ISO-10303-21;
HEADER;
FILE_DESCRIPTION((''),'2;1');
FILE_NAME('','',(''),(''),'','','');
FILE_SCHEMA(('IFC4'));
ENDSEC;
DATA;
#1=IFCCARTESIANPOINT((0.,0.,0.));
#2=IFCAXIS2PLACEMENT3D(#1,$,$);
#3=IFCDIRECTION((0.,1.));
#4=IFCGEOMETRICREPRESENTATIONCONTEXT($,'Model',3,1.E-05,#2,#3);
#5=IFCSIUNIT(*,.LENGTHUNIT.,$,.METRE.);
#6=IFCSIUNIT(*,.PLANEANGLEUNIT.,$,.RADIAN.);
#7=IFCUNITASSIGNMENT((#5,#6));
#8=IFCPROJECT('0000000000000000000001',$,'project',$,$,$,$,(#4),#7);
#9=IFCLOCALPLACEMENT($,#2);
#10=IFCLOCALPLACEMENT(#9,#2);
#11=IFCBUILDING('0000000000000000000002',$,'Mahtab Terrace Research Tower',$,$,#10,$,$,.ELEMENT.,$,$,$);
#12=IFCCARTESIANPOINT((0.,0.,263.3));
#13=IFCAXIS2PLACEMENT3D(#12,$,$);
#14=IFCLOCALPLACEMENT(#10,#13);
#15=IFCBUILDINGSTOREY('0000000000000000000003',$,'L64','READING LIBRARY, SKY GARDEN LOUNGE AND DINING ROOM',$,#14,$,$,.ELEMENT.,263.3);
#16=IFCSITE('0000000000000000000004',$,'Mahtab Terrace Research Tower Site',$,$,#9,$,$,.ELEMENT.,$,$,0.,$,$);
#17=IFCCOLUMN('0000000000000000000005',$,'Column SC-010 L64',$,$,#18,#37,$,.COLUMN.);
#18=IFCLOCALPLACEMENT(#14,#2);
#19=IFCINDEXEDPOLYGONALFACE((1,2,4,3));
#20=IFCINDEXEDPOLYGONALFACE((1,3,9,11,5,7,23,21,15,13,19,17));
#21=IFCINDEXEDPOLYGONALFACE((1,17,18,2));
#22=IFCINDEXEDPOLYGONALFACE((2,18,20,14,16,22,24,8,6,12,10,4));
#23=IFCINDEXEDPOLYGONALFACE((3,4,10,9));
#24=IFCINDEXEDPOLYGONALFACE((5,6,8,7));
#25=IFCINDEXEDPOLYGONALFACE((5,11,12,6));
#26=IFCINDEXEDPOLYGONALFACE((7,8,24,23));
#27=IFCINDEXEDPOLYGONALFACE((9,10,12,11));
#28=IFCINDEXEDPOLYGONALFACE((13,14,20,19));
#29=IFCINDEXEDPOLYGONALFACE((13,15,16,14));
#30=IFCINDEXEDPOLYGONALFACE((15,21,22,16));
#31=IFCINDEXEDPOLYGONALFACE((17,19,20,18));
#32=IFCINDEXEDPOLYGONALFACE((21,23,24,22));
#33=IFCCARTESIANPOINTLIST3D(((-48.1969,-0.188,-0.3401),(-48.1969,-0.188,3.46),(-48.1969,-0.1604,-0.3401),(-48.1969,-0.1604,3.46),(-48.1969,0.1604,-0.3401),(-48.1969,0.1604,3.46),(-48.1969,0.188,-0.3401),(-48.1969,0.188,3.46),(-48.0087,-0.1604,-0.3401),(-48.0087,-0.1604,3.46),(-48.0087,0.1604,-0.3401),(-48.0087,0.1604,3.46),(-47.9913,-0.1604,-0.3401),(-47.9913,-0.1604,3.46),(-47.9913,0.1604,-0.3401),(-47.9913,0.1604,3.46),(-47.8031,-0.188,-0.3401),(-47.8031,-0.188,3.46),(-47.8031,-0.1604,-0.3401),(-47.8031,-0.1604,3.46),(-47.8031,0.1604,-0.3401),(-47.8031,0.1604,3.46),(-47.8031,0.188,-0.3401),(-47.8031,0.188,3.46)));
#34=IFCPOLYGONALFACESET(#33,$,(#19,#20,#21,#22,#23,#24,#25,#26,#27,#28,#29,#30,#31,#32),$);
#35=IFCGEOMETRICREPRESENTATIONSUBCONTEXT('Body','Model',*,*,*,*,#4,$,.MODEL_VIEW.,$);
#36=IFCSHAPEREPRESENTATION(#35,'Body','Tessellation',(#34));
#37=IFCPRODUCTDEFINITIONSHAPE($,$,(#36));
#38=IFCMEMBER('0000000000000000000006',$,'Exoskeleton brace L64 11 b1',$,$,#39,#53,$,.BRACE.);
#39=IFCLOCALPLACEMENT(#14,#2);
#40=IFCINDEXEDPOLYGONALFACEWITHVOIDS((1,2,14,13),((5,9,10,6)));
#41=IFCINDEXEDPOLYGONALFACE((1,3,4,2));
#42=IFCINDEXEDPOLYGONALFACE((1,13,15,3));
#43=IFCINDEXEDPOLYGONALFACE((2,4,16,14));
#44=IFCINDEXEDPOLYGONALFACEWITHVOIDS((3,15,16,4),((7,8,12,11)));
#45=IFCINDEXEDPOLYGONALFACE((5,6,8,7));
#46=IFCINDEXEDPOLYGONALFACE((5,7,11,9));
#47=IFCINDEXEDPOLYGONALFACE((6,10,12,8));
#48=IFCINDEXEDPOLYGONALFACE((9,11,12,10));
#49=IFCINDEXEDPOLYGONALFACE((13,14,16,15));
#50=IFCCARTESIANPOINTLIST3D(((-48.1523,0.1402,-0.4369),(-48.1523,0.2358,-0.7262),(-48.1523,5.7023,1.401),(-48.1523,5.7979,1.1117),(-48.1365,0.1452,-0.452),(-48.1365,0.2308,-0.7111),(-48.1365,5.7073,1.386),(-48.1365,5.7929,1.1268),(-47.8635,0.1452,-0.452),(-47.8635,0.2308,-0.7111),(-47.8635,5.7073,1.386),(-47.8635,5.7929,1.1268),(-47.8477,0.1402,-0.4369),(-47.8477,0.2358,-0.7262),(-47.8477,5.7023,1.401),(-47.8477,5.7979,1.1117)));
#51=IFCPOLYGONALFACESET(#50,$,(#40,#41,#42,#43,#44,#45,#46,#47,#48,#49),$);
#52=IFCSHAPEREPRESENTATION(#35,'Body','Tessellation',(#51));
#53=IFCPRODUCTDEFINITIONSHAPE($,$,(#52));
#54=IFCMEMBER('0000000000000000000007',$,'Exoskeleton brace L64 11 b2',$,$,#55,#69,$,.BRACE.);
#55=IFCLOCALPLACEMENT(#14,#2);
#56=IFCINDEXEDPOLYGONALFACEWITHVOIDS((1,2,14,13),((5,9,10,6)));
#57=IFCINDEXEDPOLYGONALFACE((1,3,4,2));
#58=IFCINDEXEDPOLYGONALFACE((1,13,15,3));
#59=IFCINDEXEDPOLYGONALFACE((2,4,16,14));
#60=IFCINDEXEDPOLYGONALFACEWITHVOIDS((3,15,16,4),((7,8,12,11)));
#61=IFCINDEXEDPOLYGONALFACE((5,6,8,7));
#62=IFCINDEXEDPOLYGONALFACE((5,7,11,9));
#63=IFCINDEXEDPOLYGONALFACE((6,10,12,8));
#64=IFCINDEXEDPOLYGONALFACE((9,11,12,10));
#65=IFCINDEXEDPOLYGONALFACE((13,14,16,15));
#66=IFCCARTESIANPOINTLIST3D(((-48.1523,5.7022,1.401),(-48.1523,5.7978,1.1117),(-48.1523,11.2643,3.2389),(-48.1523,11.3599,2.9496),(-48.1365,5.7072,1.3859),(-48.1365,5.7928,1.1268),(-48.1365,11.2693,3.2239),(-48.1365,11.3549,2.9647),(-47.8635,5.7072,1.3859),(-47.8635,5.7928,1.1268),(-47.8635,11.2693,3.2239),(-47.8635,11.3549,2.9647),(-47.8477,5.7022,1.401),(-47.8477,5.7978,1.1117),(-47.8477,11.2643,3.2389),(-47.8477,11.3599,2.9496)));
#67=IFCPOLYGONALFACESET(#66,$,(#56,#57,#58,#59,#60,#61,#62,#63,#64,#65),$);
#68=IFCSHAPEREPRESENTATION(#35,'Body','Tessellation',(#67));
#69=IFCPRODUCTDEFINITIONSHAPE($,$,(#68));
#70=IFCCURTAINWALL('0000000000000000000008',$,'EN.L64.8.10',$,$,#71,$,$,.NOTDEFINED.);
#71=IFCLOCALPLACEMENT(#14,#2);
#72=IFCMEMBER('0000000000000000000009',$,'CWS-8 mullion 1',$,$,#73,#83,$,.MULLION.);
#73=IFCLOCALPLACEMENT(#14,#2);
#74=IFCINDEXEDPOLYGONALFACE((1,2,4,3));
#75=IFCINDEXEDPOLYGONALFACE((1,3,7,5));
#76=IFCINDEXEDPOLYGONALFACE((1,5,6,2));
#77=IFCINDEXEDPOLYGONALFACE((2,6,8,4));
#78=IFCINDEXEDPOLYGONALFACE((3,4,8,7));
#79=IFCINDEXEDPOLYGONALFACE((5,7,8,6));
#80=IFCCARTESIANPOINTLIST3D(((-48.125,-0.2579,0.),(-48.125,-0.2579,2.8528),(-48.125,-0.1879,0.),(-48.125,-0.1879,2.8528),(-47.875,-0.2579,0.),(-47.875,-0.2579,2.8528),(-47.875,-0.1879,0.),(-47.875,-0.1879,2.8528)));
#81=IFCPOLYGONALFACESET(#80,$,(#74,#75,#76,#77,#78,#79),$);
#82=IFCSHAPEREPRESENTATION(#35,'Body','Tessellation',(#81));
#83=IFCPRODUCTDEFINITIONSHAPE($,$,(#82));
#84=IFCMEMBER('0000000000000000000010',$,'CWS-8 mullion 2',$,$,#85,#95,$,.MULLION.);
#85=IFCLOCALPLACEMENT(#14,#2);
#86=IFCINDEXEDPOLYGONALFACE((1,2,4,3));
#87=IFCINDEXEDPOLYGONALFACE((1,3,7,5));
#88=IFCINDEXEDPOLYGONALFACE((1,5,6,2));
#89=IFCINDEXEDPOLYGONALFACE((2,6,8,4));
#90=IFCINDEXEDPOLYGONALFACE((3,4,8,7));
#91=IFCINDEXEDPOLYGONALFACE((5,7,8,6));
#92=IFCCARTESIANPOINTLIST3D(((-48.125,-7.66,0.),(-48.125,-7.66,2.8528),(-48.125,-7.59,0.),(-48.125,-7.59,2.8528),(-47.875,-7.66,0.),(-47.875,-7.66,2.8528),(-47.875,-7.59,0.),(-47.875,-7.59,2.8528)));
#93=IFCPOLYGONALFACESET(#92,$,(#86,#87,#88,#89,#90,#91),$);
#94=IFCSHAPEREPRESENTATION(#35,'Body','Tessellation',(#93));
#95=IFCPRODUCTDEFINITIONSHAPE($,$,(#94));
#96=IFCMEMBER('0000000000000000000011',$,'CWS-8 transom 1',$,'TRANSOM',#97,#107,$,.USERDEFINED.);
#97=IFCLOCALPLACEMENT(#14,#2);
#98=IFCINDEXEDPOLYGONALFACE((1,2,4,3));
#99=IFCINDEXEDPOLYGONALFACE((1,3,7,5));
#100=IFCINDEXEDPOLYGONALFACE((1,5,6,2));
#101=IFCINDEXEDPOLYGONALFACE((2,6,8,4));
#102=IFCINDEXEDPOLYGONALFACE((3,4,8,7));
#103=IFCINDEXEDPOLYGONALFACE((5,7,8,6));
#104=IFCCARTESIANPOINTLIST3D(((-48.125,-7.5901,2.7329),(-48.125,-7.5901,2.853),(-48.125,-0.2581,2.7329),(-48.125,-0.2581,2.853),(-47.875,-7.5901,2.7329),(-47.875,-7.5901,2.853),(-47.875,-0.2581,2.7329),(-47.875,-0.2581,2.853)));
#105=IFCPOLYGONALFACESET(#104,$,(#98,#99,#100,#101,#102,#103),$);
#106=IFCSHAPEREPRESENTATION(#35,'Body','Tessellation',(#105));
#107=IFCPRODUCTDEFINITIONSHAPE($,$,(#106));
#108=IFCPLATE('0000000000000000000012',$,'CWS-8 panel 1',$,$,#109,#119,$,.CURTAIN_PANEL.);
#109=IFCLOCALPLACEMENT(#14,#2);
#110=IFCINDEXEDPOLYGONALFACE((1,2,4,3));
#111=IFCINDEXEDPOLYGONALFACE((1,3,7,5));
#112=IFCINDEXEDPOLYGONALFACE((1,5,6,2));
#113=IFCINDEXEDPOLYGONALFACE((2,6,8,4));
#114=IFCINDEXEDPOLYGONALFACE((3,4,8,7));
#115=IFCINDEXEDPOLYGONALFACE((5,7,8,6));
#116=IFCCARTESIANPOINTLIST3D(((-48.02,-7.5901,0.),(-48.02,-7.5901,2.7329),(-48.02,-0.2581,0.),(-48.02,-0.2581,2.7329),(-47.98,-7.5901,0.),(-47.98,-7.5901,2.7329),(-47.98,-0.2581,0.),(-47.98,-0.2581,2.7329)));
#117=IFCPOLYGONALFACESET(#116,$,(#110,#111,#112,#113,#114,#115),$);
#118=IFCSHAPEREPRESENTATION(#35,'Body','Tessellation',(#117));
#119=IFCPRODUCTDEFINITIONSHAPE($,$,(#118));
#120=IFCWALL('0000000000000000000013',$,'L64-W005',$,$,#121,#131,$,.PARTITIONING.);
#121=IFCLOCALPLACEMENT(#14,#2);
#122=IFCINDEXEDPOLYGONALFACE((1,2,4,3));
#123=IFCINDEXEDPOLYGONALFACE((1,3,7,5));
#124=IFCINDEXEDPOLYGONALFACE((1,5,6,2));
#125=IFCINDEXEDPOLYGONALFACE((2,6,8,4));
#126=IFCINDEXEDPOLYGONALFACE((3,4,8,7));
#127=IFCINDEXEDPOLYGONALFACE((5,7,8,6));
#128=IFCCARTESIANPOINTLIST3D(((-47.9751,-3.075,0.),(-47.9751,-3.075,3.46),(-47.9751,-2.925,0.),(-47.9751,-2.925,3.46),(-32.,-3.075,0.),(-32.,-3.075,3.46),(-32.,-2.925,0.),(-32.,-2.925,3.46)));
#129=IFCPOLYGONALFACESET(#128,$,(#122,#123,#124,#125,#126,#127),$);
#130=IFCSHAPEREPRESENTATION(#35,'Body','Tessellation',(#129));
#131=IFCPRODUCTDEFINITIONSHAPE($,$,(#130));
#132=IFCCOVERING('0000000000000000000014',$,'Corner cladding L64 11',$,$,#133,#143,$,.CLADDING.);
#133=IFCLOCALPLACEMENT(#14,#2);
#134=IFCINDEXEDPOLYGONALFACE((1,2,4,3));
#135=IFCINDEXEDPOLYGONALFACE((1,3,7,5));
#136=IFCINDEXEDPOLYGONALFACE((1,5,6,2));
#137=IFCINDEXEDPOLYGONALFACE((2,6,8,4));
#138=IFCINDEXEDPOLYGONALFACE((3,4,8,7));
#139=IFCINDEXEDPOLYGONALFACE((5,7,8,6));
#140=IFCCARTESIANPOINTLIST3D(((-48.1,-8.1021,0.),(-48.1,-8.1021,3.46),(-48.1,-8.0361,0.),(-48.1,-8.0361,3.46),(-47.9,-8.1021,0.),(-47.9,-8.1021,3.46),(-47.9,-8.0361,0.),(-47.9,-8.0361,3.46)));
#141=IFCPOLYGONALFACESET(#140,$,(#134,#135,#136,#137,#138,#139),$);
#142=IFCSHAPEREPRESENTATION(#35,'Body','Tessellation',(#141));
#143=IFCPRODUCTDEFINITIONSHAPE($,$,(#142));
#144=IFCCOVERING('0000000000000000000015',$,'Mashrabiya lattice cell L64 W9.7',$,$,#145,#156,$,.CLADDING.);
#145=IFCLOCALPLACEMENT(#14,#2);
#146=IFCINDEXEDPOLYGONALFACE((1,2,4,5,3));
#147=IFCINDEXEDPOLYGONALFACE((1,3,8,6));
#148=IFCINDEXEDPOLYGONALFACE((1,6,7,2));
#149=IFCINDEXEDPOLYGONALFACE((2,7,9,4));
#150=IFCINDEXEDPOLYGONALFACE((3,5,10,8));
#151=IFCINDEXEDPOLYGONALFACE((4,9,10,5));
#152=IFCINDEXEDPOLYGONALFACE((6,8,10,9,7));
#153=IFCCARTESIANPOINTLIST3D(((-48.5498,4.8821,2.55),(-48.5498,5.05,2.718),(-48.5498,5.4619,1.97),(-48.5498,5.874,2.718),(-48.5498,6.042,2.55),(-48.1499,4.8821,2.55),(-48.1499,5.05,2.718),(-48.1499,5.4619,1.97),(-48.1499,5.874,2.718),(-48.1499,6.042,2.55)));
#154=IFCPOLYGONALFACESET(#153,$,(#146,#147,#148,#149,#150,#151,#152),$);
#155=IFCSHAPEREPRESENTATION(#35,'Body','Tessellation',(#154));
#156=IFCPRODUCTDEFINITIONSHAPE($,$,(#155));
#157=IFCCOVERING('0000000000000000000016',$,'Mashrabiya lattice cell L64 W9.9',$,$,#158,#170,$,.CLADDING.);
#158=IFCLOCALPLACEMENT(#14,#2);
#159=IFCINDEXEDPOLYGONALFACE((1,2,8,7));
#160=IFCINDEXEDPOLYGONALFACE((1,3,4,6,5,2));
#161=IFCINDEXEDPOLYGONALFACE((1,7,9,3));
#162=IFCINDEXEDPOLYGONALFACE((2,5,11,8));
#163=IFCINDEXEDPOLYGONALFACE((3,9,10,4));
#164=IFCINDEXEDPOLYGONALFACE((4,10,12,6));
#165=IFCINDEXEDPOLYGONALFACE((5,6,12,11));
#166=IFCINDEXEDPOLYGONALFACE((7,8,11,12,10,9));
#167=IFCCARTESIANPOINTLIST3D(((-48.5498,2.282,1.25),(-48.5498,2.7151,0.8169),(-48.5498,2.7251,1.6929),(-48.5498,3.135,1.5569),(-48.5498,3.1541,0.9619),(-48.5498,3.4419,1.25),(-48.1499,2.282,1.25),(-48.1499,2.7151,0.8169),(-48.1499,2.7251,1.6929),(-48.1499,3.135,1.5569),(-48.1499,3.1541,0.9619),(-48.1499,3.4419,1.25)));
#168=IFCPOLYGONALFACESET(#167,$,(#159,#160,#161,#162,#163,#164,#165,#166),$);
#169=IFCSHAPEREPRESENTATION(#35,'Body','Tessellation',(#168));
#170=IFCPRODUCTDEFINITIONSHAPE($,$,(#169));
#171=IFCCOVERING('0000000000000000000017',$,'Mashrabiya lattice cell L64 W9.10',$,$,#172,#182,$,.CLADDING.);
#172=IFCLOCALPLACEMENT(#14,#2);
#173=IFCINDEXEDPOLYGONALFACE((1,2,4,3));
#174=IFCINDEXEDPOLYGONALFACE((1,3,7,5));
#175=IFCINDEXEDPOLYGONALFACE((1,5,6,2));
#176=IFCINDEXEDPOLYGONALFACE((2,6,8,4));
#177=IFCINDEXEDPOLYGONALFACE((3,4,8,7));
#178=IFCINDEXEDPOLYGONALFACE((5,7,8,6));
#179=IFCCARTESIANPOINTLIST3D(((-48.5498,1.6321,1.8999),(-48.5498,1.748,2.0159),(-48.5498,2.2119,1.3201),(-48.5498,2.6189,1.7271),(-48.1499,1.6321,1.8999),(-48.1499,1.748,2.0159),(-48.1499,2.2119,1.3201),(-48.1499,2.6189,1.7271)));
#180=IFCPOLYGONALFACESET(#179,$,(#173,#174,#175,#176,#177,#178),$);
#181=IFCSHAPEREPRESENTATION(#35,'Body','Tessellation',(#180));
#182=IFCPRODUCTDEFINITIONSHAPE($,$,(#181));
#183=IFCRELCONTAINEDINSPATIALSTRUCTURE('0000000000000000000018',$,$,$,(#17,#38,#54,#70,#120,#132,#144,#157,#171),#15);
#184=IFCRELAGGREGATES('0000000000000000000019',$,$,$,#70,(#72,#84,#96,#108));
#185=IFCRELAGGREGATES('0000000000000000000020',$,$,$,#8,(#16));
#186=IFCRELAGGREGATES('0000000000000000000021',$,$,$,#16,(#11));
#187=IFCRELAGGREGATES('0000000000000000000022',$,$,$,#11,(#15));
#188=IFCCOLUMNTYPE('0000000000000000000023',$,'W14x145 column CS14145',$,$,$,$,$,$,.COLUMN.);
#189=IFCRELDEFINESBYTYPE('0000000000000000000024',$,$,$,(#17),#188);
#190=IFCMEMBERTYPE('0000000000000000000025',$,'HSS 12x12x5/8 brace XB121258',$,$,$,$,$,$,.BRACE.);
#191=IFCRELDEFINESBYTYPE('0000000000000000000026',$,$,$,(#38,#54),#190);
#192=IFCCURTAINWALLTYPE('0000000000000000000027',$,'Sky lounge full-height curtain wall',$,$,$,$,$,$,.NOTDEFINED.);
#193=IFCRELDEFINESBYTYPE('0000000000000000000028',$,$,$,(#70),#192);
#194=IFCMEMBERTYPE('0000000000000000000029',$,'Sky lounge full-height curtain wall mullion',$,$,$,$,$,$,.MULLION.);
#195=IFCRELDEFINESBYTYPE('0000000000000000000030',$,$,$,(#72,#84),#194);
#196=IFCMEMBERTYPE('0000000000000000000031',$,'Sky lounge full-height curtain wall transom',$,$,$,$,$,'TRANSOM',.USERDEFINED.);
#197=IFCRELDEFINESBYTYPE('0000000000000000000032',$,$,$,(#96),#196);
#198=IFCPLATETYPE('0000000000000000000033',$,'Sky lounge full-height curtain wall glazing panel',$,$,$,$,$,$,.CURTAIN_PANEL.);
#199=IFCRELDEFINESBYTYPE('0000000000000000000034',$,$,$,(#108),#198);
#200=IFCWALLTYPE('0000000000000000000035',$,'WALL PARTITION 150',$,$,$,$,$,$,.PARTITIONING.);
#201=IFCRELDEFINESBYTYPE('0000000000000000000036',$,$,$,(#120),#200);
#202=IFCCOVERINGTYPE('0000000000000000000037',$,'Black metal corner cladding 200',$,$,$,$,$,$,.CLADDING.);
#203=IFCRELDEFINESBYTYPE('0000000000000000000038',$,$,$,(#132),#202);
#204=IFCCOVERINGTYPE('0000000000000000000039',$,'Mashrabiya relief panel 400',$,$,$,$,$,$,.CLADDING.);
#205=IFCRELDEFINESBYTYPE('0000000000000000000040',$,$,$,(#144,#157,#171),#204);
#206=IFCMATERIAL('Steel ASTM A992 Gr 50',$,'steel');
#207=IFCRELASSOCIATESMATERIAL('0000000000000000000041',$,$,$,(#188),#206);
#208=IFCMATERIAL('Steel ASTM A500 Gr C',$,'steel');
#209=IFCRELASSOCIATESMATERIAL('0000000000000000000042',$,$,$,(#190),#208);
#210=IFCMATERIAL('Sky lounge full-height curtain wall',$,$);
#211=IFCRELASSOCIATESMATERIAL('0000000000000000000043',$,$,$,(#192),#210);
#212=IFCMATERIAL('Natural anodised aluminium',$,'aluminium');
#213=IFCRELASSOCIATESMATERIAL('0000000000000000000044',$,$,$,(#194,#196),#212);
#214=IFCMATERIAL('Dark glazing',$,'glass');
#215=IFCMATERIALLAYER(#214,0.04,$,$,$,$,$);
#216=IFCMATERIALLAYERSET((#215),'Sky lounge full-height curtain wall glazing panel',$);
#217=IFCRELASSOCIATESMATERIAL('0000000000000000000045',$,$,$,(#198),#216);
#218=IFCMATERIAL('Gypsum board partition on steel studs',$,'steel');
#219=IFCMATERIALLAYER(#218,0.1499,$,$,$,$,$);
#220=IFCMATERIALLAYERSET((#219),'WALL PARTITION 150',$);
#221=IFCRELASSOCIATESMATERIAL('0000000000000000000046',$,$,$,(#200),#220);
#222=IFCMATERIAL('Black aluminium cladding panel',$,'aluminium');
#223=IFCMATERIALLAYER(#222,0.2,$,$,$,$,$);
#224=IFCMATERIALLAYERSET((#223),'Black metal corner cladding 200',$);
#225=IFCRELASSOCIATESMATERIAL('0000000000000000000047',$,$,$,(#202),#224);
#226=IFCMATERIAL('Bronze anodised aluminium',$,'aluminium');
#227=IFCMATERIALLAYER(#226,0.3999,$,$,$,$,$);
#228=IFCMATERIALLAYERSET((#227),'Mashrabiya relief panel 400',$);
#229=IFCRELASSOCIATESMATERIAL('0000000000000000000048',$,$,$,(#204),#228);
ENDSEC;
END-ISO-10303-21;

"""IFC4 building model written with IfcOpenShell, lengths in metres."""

from ifc_helpers import new_model, si_unit, direction, frame, frame_2d, origin, origin_2d, place, context, subcontext, project, spatial, polyline, rectangle, hollow_rectangle, i_section, outline, extrude, material, layer, layer_set, material_profile, profile_set, type_object, element, aggregate, save


model = new_model("IFC4")

# Units and contexts
model_context = context("Model", 3, precision=1e-05, world=origin(), true_north=direction((0.0, 1.0)))
body_context = subcontext(model_context, "Body", "Model", "MODEL_VIEW")
ifc_project = project(units=[si_unit("LENGTHUNIT", "METRE"), si_unit("PLANEANGLEUNIT", "RADIAN")], contexts=[model_context])

# Site, building, storey
site_placement = place(None, origin())
site = spatial("IfcSite", under=ifc_project, at=site_placement, Name="Mahtab Terrace Research Tower Site", CompositionType="ELEMENT", RefElevation=0.0)
building_placement = place(site_placement, origin())
building = spatial("IfcBuilding", under=site, at=building_placement, Name="Mahtab Terrace Research Tower", CompositionType="ELEMENT")
storey_placement = place(building_placement, frame((0.0, 0.0, 263.3)))
storey = spatial("IfcBuildingStorey", under=building, at=storey_placement, Name="L64", Description="READING LIBRARY, SKY GARDEN LOUNGE AND DINING ROOM", CompositionType="ELEMENT", Elevation=263.3)

# Column
ifc_material_1 = material(Name="Steel ASTM A992 Gr 50", Category="steel")
ifc_material_profile_1 = material_profile(ifc_material_1, i_section(OverallWidth=0.3938, OverallDepth=0.376, WebThickness=0.0173, FlangeThickness=0.0276, at=origin_2d()), Name="W14X145")
ifc_profile_set_1 = profile_set([ifc_material_profile_1], Name="Steel ASTM A992 Gr 50")
column_type = type_object("IfcColumnType", Name="W14x145 column CS14145", PredefinedType="COLUMN", material=ifc_profile_set_1)
column_placement = place(storey_placement, frame((-48.0, 0.0, -0.3401), z_axis=(0.0, 0.0, 1.0), x_axis=(1.0, 0.0, 0.0)))
element("IfcColumn", 1, at=column_placement, inside=storey, type_object=column_type, Name="Column SC-010 L64", PredefinedType="COLUMN", context=body_context, shape_type="SweptSolid", body=[
    extrude(i_section(OverallWidth=0.3938, OverallDepth=0.376, WebThickness=0.0173, FlangeThickness=0.0276, at=origin_2d()), origin(), (0.0, 0.0, 1.0), 3.8),
])

# Members
ifc_material_2 = material(Name="Steel ASTM A500 Gr C", Category="steel")
ifc_material_profile_2 = material_profile(ifc_material_2, hollow_rectangle(XDim=0.3047, YDim=0.3047, WallThickness=0.0159, at=origin_2d()), Name="HSS12X12X5/8")
ifc_profile_set_2 = profile_set([ifc_material_profile_2], Name="Steel ASTM A500 Gr C")
member_type_1 = type_object("IfcMemberType", Name="HSS 12x12x5/8 brace XB121258", PredefinedType="BRACE", material=ifc_profile_set_2)
for number, where, z_axis, x_axis, name in (
    (2, (-48.0, 0.188, -0.5815), (0.0, 0.949505, 0.313751), (-1.0, 0.0, 0.0), "Exoskeleton brace L64 11 b1"),
    (3, (-48.0, 5.75, 1.2563), (0.0, 0.949505, 0.313751), (-1.0, 0.0, 0.0), "Exoskeleton brace L64 11 b2"),
):
    element("IfcMember", number, at=place(storey_placement, frame(where, z_axis=z_axis, x_axis=x_axis)), inside=storey, type_object=member_type_1, Name=name, PredefinedType="BRACE", context=body_context, shape_type="SweptSolid", body=[
        extrude(hollow_rectangle(XDim=0.3047, YDim=0.3047, WallThickness=0.0159, at=origin_2d()), origin(), (0.0, 0.0, 1.0), 5.8579),
    ])

# Curtain wall, members, plate
ifc_material_3 = material(Name="Sky lounge full-height curtain wall")
curtain_wall_type = type_object("IfcCurtainWallType", Name="Sky lounge full-height curtain wall", PredefinedType="NOTDEFINED", material=ifc_material_3)
curtain_wall_placement = place(storey_placement, origin())
curtain_wall = element("IfcCurtainWall", 4, at=curtain_wall_placement, inside=storey, type_object=curtain_wall_type, Name="EN.L64.8.10", PredefinedType="NOTDEFINED")
ifc_material_4 = material(Name="Natural anodised aluminium", Category="aluminium")
ifc_material_profile_3 = material_profile(ifc_material_4, rectangle(XDim=0.25, YDim=0.0701, at=origin_2d()), Name="MULLION 70x250")
ifc_profile_set_3 = profile_set([ifc_material_profile_3], Name="Natural anodised aluminium")
member_type_2 = type_object("IfcMemberType", Name="Sky lounge full-height curtain wall mullion", PredefinedType="MULLION", material=ifc_profile_set_3)
member_1_placement = place(storey_placement, frame((-48.0, -0.2229, 0.0), z_axis=(0.0, 0.0, 1.0), x_axis=(1.0, 0.0, 0.0)))
member_1 = element("IfcMember", 5, at=member_1_placement, type_object=member_type_2, Name="CWS-8 mullion 1", PredefinedType="MULLION", context=body_context, shape_type="SweptSolid", body=[
    extrude(rectangle(XDim=0.25, YDim=0.0701, at=origin_2d()), origin(), (0.0, 0.0, 1.0), 2.8528),
])
member_2_placement = place(storey_placement, frame((-48.0, -7.625, 0.0), z_axis=(0.0, 0.0, 1.0), x_axis=(1.0, 0.0, 0.0)))
member_2 = element("IfcMember", 6, at=member_2_placement, type_object=member_type_2, Name="CWS-8 mullion 2", PredefinedType="MULLION", context=body_context, shape_type="SweptSolid", body=[
    extrude(rectangle(XDim=0.25, YDim=0.0701, at=origin_2d()), origin(), (0.0, 0.0, 1.0), 2.8528),
])
ifc_material_profile_4 = material_profile(ifc_material_4, rectangle(XDim=0.25, YDim=0.1201, at=origin_2d()), Name="TRANSOM 120x250")
ifc_profile_set_4 = profile_set([ifc_material_profile_4], Name="Natural anodised aluminium")
member_type_3 = type_object("IfcMemberType", Name="Sky lounge full-height curtain wall transom", ElementType="TRANSOM", PredefinedType="USERDEFINED", material=ifc_profile_set_4)
member_3_placement = place(storey_placement, frame((-48.0, -0.2581, 2.793), z_axis=(0.0, -1.0, 0.0), x_axis=(1.0, 0.0, 0.0)))
member_3 = element("IfcMember", 7, at=member_3_placement, type_object=member_type_3, Name="CWS-8 transom 1", ObjectType="TRANSOM", PredefinedType="USERDEFINED", context=body_context, shape_type="SweptSolid", body=[
    extrude(rectangle(XDim=0.25, YDim=0.1201, at=origin_2d()), origin(), (0.0, 0.0, 1.0), 7.332),
])
ifc_material_5 = material(Name="Dark glazing", Category="glass")
ifc_layer_1 = layer(ifc_material_5, 0.04)
ifc_layer_set_1 = layer_set([ifc_layer_1], Name="Sky lounge full-height curtain wall glazing panel")
plate_type = type_object("IfcPlateType", Name="Sky lounge full-height curtain wall glazing panel", PredefinedType="CURTAIN_PANEL", material=ifc_layer_set_1)
plate_placement = place(storey_placement, frame((-48.0, -3.9241, 0.0), z_axis=(0.0, 0.0, 1.0), x_axis=(0.0, -1.0, 0.0)))
plate = element("IfcPlate", 8, at=plate_placement, type_object=plate_type, Name="CWS-8 panel 1", PredefinedType="CURTAIN_PANEL", context=body_context, shape_type="SweptSolid", body=[
    extrude(rectangle(XDim=7.332, YDim=0.04, at=origin_2d()), origin(), (0.0, 0.0, 1.0), 2.7329),
])
aggregate(curtain_wall, [member_1, member_2, member_3, plate])

# Wall
ifc_material_6 = material(Name="Gypsum board partition on steel studs", Category="steel")
ifc_layer_2 = layer(ifc_material_6, 0.1499)
ifc_layer_set_2 = layer_set([ifc_layer_2], Name="WALL PARTITION 150")
wall_type = type_object("IfcWallType", Name="WALL PARTITION 150", PredefinedType="PARTITIONING", material=ifc_layer_set_2)
wall_placement = place(storey_placement, frame((-47.9751, -3.0, 0.0), z_axis=(0.0, 0.0, 1.0), x_axis=(1.0, 0.0, 0.0)))
element("IfcWall", 9, at=wall_placement, inside=storey, type_object=wall_type, Name="L64-W005", PredefinedType="PARTITIONING", context=body_context, shape_type="SweptSolid", body=[
    extrude(rectangle(XDim=15.9751, YDim=0.1499, at=frame_2d((7.9875, 0.0))), origin(), (0.0, 0.0, 1.0), 3.46),
])

# Coverings
ifc_material_7 = material(Name="Black aluminium cladding panel", Category="aluminium")
ifc_layer_3 = layer(ifc_material_7, 0.2)
ifc_layer_set_3 = layer_set([ifc_layer_3], Name="Black metal corner cladding 200")
covering_type_1 = type_object("IfcCoveringType", Name="Black metal corner cladding 200", PredefinedType="CLADDING", material=ifc_layer_set_3)
covering_1_placement = place(storey_placement, frame((-48.0, -8.0691, 0.0), z_axis=(0.0, 0.0, 1.0), x_axis=(0.0, -1.0, 0.0)))
element("IfcCovering", 10, at=covering_1_placement, inside=storey, type_object=covering_type_1, Name="Corner cladding L64 11", PredefinedType="CLADDING", context=body_context, shape_type="SweptSolid", body=[
    extrude(rectangle(XDim=0.0659, YDim=0.2, at=origin_2d()), origin(), (0.0, 0.0, 1.0), 3.46),
])
ifc_material_8 = material(Name="Bronze anodised aluminium", Category="aluminium")
ifc_layer_4 = layer(ifc_material_8, 0.3999)
ifc_layer_set_4 = layer_set([ifc_layer_4], Name="Mashrabiya relief panel 400")
covering_type_2 = type_object("IfcCoveringType", Name="Mashrabiya relief panel 400", PredefinedType="CLADDING", material=ifc_layer_set_4)
covering_2_placement = place(storey_placement, frame((-48.1499, 4.8821, 2.55), z_axis=(1.0, 0.0, 0.0), x_axis=(0.0, 0.706958, -0.707256)))
element("IfcCovering", 11, at=covering_2_placement, inside=storey, type_object=covering_type_2, Name="Mashrabiya lattice cell L64 W9.7", PredefinedType="CLADDING", context=body_context, shape_type="SweptSolid", body=[
    extrude(outline(polyline([(0.0, 0.0), (0.8202, 0.0), (0.82, 0.8204), (0.5825, 0.8203), (0.0, 0.2375), (0.0, 0.0)])), origin(), (0.0, 0.0, -1.0), 0.3999),
])
covering_3_placement = place(storey_placement, frame((-48.1499, 3.4419, 1.25), z_axis=(1.0, 0.0, 0.0), x_axis=(0.0, -0.707107, 0.707107)))
element("IfcCovering", 12, at=covering_3_placement, inside=storey, type_object=covering_type_2, Name="Mashrabiya lattice cell L64 W9.9", PredefinedType="CLADDING", context=body_context, shape_type="SweptSolid", body=[
    extrude(outline(polyline([(0.0, 0.0), (0.434, 0.0), (0.82, 0.1937), (0.8202, 0.8202), (0.2077, 0.8202), (-0.0002, 0.4072), (0.0, 0.0)])), origin(), (0.0, 0.0, -1.0), 0.3999),
])
covering_4_placement = place(storey_placement, frame((-48.1499, 1.6321, 1.8999), z_axis=(1.0, 0.0, 0.0), x_axis=(0.0, 0.707107, -0.707107)))
element("IfcCovering", 13, at=covering_4_placement, inside=storey, type_object=covering_type_2, Name="Mashrabiya lattice cell L64 W9.10", PredefinedType="CLADDING", context=body_context, shape_type="SweptSolid", body=[
    extrude(outline(polyline([(0.0, 0.0), (0.82, 0.0), (0.82, 0.5756), (0.0, 0.164), (0.0, 0.0)])), origin(), (0.0, 0.0, -1.0), 0.3999),
])

save(model, "model.ifc")
